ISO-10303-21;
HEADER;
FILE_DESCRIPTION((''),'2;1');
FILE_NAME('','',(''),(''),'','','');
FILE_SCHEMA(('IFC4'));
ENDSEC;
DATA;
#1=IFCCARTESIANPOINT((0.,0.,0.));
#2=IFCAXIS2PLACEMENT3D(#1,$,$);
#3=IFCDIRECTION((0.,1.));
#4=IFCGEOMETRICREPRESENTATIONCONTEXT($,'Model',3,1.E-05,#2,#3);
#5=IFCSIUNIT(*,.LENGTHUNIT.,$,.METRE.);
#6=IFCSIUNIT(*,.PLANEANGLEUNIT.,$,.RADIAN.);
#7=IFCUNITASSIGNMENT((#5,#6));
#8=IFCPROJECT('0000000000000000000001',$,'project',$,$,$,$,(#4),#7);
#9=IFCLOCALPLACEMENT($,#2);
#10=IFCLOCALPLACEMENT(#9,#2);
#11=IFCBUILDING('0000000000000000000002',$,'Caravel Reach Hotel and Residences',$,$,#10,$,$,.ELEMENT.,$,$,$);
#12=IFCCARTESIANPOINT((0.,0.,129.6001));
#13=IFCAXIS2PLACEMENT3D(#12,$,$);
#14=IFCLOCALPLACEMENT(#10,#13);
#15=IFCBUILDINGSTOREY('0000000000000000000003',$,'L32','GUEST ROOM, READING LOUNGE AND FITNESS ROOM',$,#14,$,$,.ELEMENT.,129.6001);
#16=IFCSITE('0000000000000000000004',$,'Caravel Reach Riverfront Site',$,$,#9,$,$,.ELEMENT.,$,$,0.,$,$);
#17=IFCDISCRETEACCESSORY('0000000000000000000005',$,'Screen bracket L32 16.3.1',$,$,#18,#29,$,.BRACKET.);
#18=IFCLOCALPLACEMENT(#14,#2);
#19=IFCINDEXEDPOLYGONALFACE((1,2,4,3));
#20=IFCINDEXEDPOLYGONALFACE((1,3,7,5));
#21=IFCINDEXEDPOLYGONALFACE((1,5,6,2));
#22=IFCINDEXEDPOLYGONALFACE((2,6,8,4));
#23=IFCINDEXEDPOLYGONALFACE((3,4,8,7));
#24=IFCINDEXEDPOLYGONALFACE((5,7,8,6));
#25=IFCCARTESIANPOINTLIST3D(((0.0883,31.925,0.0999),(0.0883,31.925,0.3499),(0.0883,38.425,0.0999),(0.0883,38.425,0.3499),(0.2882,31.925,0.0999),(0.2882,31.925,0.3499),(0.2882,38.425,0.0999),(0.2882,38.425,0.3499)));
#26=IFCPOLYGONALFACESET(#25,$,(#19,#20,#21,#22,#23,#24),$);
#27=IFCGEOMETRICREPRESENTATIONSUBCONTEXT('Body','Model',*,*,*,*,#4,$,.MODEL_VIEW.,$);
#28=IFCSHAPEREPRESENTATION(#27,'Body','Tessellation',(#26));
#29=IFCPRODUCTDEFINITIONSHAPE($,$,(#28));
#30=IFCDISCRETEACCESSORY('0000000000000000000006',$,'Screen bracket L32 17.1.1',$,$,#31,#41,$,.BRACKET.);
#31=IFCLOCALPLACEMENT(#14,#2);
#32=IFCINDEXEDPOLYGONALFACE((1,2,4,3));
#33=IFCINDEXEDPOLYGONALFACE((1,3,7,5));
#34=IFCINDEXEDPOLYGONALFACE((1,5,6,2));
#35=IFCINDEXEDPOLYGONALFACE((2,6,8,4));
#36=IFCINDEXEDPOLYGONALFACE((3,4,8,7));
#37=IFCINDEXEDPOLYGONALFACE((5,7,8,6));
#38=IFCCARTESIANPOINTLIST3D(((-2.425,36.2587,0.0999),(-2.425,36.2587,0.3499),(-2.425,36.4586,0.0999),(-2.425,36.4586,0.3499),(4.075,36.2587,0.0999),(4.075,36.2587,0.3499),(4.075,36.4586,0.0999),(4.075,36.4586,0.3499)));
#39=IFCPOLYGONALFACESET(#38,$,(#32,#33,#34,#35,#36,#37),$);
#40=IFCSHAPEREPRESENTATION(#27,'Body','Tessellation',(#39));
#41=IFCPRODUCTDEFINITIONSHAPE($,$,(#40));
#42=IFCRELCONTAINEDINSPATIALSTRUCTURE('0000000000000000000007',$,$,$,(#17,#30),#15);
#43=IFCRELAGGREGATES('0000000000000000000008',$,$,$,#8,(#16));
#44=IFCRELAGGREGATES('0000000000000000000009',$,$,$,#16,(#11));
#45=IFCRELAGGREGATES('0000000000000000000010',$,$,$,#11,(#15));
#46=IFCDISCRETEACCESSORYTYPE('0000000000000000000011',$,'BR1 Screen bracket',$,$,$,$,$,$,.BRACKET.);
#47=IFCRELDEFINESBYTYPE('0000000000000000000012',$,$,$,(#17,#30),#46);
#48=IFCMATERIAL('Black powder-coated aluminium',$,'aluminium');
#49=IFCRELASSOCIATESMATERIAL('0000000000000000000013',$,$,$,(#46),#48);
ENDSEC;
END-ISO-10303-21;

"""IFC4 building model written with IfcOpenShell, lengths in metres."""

from ifc_helpers import new_model, si_unit, direction, frame, origin, origin_2d, place, context, subcontext, project, spatial, rectangle, extrude, material, type_object, element, save


model = new_model("IFC4")

# Units and contexts
model_context = context("Model", 3, precision=1e-05, world=origin(), true_north=direction((0.0, 1.0)))
body_context = subcontext(model_context, "Body", "Model", "MODEL_VIEW")
ifc_project = project(units=[si_unit("LENGTHUNIT", "METRE"), si_unit("PLANEANGLEUNIT", "RADIAN")], contexts=[model_context])

# Site, building, storey
site_placement = place(None, origin())
site = spatial("IfcSite", under=ifc_project, at=site_placement, Name="Caravel Reach Riverfront Site", CompositionType="ELEMENT", RefElevation=0.0)
building_placement = place(site_placement, origin())
building = spatial("IfcBuilding", under=site, at=building_placement, Name="Caravel Reach Hotel and Residences", CompositionType="ELEMENT")
storey_placement = place(building_placement, frame((0.0, 0.0, 129.6001)))
storey = spatial("IfcBuildingStorey", under=building, at=storey_placement, Name="L32", Description="GUEST ROOM, READING LOUNGE AND FITNESS ROOM", CompositionType="ELEMENT", Elevation=129.6001)

# Discrete accessories
ifc_material_1 = material(Name="Black powder-coated aluminium", Category="aluminium")
discrete_accessory_type = type_object("IfcDiscreteAccessoryType", Name="BR1 Screen bracket", PredefinedType="BRACKET", material=ifc_material_1)
for number, where, z_axis, x_axis, name in (
    (1, (0.1882, 35.175, 0.0999), (0.0, 0.0, 1.0), (0.0, 1.0, 0.0), "Screen bracket L32 16.3.1"),
    (2, (0.825, 36.3586, 0.0999), (0.0, 0.0, 1.0), (-1.0, 0.0, 0.0), "Screen bracket L32 17.1.1"),
):
    element("IfcDiscreteAccessory", number, at=place(storey_placement, frame(where, z_axis=z_axis, x_axis=x_axis)), inside=storey, type_object=discrete_accessory_type, Name=name, PredefinedType="BRACKET", context=body_context, shape_type="SweptSolid", body=[
        extrude(rectangle(XDim=6.5, YDim=0.2, at=origin_2d()), origin(), (0.0, 0.0, 1.0), 0.25),
    ])

save(model, "model.ifc")
